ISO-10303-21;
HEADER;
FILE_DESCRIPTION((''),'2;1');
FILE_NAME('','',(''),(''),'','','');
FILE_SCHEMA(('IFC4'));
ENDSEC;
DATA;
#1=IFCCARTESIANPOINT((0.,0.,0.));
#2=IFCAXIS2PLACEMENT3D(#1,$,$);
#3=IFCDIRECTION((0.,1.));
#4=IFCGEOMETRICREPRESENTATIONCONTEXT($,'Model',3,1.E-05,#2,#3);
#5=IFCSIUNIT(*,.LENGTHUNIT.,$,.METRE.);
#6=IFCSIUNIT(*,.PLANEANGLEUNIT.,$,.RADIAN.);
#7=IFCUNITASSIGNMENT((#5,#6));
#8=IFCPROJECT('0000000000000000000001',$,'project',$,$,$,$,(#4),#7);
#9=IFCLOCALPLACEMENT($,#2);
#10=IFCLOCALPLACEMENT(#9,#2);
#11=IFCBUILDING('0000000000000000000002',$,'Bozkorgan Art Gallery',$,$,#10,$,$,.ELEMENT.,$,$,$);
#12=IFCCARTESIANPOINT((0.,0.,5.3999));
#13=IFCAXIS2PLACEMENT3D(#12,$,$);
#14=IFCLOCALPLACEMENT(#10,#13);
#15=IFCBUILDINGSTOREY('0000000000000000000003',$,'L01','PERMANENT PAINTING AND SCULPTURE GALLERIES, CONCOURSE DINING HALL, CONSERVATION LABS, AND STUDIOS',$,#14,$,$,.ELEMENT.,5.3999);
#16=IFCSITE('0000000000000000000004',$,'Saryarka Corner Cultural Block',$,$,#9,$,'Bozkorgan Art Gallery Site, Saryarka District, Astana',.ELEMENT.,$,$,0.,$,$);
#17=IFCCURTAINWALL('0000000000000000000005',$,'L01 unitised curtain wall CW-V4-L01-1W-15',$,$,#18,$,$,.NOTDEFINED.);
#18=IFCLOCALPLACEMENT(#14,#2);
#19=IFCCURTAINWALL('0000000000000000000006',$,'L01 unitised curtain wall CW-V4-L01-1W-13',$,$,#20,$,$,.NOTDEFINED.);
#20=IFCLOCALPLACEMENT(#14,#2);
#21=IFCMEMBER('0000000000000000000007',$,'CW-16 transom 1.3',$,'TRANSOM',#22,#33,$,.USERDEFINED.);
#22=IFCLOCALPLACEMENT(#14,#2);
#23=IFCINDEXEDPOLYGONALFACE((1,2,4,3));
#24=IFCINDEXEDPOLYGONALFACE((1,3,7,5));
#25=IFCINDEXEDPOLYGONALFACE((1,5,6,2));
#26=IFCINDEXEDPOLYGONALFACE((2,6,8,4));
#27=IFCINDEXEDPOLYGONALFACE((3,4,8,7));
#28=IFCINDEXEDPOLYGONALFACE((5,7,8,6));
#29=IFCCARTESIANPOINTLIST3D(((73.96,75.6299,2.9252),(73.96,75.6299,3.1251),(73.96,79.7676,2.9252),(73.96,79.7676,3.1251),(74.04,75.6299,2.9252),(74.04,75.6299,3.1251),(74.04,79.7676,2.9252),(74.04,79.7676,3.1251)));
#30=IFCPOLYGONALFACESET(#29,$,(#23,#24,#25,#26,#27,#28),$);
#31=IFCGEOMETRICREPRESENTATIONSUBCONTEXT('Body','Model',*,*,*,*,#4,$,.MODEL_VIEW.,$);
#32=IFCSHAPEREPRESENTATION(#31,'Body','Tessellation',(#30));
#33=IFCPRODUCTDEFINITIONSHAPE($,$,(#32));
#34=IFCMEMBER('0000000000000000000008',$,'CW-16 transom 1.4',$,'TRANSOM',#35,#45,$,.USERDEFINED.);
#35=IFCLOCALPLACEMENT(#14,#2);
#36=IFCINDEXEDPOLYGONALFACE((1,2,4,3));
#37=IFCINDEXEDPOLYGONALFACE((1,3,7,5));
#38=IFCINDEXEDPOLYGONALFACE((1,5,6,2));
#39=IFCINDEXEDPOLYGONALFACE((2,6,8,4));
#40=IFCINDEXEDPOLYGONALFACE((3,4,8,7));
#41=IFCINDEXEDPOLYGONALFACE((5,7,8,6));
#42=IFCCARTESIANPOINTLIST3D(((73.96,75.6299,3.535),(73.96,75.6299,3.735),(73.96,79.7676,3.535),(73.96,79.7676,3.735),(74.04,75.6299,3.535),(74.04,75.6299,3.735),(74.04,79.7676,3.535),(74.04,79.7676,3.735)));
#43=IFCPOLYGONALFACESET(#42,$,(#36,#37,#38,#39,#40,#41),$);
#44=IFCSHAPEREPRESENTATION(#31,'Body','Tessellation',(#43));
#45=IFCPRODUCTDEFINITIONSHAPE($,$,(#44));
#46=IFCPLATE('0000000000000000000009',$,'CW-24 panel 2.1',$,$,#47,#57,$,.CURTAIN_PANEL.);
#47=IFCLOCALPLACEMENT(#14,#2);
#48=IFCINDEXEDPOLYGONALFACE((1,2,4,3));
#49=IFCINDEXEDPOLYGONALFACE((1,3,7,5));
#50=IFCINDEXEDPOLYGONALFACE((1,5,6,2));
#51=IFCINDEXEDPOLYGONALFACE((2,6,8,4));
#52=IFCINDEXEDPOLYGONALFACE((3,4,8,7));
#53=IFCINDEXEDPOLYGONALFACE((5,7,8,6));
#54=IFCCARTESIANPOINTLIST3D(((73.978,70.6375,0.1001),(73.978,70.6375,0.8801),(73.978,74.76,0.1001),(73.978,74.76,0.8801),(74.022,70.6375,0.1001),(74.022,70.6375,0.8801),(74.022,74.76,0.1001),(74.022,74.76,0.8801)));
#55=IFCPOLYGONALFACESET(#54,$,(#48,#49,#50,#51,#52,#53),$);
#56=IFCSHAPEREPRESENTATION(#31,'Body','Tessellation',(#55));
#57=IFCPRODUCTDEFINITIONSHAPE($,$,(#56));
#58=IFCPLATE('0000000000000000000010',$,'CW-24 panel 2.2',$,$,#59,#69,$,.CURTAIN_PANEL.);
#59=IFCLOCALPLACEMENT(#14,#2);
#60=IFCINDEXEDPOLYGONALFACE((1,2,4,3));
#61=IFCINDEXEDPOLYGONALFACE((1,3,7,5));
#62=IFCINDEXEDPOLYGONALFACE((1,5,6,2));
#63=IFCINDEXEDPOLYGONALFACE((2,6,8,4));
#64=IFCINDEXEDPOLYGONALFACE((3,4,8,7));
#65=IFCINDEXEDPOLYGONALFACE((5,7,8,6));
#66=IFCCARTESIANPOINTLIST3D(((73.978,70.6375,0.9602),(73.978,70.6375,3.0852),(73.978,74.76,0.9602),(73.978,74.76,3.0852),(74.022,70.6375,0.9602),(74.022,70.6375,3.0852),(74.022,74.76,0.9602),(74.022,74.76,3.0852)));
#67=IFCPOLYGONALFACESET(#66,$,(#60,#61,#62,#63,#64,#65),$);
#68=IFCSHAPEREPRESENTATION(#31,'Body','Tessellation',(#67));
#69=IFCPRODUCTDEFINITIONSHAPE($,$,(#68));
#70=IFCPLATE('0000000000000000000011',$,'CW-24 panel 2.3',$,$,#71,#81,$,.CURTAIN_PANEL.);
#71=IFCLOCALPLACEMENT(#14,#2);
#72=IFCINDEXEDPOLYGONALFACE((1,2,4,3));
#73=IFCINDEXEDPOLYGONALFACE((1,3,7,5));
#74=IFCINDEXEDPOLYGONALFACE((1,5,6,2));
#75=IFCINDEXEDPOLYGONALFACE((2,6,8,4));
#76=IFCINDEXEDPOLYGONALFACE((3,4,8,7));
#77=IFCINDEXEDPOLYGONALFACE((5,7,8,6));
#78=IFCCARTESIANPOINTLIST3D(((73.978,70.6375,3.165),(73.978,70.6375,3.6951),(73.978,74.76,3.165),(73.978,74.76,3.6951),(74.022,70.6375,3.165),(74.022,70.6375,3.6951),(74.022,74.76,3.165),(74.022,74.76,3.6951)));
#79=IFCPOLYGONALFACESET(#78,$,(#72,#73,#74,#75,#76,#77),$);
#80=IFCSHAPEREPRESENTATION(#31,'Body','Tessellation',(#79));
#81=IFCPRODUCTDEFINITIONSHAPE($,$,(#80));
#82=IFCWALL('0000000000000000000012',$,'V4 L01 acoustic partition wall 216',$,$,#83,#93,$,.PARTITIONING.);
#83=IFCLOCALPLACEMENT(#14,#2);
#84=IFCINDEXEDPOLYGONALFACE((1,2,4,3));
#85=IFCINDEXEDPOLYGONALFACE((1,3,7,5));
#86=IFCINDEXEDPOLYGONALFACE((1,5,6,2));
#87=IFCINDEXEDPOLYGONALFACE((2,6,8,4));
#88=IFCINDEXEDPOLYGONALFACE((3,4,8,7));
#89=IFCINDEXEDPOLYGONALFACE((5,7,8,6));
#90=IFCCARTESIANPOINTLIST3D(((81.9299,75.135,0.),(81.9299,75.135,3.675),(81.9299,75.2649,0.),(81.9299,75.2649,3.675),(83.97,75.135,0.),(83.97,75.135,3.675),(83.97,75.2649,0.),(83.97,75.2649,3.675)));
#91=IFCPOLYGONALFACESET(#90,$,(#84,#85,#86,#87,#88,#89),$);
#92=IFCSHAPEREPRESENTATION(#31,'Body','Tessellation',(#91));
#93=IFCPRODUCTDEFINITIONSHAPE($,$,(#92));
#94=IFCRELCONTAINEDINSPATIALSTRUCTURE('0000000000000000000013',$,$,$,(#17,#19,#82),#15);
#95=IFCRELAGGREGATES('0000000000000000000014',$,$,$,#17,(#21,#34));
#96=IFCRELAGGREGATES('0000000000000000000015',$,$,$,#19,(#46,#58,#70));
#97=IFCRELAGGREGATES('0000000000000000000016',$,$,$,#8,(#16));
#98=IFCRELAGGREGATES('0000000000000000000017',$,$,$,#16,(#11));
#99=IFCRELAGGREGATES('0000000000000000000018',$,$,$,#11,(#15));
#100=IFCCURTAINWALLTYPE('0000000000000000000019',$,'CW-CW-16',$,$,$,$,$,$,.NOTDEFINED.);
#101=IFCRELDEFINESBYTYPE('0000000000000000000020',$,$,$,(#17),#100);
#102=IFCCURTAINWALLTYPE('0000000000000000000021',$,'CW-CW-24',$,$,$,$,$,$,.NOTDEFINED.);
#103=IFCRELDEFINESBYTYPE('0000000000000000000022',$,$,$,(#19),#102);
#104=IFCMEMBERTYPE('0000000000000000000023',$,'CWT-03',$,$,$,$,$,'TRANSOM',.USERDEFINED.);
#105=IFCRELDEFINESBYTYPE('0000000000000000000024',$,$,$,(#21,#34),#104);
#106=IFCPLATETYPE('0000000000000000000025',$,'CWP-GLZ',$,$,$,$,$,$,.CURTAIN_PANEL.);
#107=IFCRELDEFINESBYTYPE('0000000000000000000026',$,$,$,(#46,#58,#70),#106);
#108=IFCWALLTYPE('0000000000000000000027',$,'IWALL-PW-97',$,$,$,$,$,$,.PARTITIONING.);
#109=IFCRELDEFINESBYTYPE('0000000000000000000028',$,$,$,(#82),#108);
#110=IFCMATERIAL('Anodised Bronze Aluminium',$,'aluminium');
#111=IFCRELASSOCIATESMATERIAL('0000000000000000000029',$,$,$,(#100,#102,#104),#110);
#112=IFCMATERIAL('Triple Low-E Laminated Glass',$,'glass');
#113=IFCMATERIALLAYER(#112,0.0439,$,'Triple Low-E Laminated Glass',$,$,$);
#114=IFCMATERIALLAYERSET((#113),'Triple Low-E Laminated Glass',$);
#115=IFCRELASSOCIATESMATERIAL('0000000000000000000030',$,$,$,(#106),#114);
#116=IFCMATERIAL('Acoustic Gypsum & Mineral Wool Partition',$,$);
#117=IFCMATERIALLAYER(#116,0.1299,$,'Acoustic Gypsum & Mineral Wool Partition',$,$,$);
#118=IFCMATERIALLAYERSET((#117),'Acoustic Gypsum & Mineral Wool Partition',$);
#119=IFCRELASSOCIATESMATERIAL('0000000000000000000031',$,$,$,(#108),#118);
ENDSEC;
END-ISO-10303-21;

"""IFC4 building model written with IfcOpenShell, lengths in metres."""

from ifc_helpers import new_model, si_unit, direction, frame, frame_2d, origin, origin_2d, place, context, subcontext, project, spatial, rectangle, extrude, material, layer, layer_set, material_profile, profile_set, type_object, element, aggregate, save


model = new_model("IFC4")

# Units and contexts
model_context = context("Model", 3, precision=1e-05, world=origin(), true_north=direction((0.0, 1.0)))
body_context = subcontext(model_context, "Body", "Model", "MODEL_VIEW")
ifc_project = project(units=[si_unit("LENGTHUNIT", "METRE"), si_unit("PLANEANGLEUNIT", "RADIAN")], contexts=[model_context])

# Site, building, storey
site_placement = place(None, origin())
site = spatial("IfcSite", under=ifc_project, at=site_placement, Name="Saryarka Corner Cultural Block", LongName="Bozkorgan Art Gallery Site, Saryarka District, Astana", CompositionType="ELEMENT", RefElevation=0.0)
building_placement = place(site_placement, origin())
building = spatial("IfcBuilding", under=site, at=building_placement, Name="Bozkorgan Art Gallery", CompositionType="ELEMENT")
storey_placement = place(building_placement, frame((0.0, 0.0, 5.3999)))
storey = spatial("IfcBuildingStorey", under=building, at=storey_placement, Name="L01", Description="PERMANENT PAINTING AND SCULPTURE GALLERIES, CONCOURSE DINING HALL, CONSERVATION LABS, AND STUDIOS", CompositionType="ELEMENT", Elevation=5.3999)

# Curtain wall
ifc_material_1 = material(Name="Anodised Bronze Aluminium", Category="aluminium")
curtain_wall_type_1 = type_object("IfcCurtainWallType", Name="CW-CW-16", PredefinedType="NOTDEFINED", material=ifc_material_1)
curtain_wall_1_placement = place(storey_placement, origin())
curtain_wall_1 = element("IfcCurtainWall", 1, at=curtain_wall_1_placement, inside=storey, type_object=curtain_wall_type_1, Name="L01 unitised curtain wall CW-V4-L01-1W-15", PredefinedType="NOTDEFINED")

# Curtain wall
curtain_wall_type_2 = type_object("IfcCurtainWallType", Name="CW-CW-24", PredefinedType="NOTDEFINED", material=ifc_material_1)
curtain_wall_2_placement = place(storey_placement, origin())
curtain_wall_2 = element("IfcCurtainWall", 2, at=curtain_wall_2_placement, inside=storey, type_object=curtain_wall_type_2, Name="L01 unitised curtain wall CW-V4-L01-1W-13", PredefinedType="NOTDEFINED")
ifc_material_profile_1 = material_profile(ifc_material_1, rectangle(XDim=0.0801, YDim=0.2, at=origin_2d()), Name="ALU TRANSOM 80x200")
ifc_profile_set_1 = profile_set([ifc_material_profile_1], Name="Anodised Bronze Aluminium")
member_type_1 = type_object("IfcMemberType", Name="CWT-03", ElementType="TRANSOM", PredefinedType="USERDEFINED", material=ifc_profile_set_1)

# Members
member_1_placement = place(storey_placement, frame((74.0, 75.6299, 3.0251), z_axis=(0.0, 1.0, 0.0), x_axis=(-1.0, 0.0, 0.0)))
member_1 = element("IfcMember", 3, at=member_1_placement, type_object=member_type_1, Name="CW-16 transom 1.3", ObjectType="TRANSOM", PredefinedType="USERDEFINED", context=body_context, shape_type="SweptSolid", body=[
    extrude(rectangle(XDim=0.0801, YDim=0.2, at=origin_2d()), origin(), (0.0, 0.0, 1.0), 4.1377),
])
member_2_placement = place(storey_placement, frame((74.0, 75.6299, 3.635), z_axis=(0.0, 1.0, 0.0), x_axis=(-1.0, 0.0, 0.0)))
member_2 = element("IfcMember", 4, at=member_2_placement, type_object=member_type_1, Name="CW-16 transom 1.4", ObjectType="TRANSOM", PredefinedType="USERDEFINED", context=body_context, shape_type="SweptSolid", body=[
    extrude(rectangle(XDim=0.0801, YDim=0.2, at=origin_2d()), origin(), (0.0, 0.0, 1.0), 4.1377),
])
aggregate(curtain_wall_1, [member_1, member_2])

# Plates
ifc_material_2 = material(Name="Triple Low-E Laminated Glass", Category="glass")
ifc_layer_1 = layer(ifc_material_2, 0.0439, Name="Triple Low-E Laminated Glass")
ifc_layer_set_1 = layer_set([ifc_layer_1], Name="Triple Low-E Laminated Glass")
plate_type = type_object("IfcPlateType", Name="CWP-GLZ", PredefinedType="CURTAIN_PANEL", material=ifc_layer_set_1)
plate_1_placement = place(storey_placement, frame((74.0, 72.6987, 0.1001), z_axis=(0.0, 0.0, 1.0), x_axis=(0.0, 1.0, 0.0)))
plate_1 = element("IfcPlate", 5, at=plate_1_placement, type_object=plate_type, Name="CW-24 panel 2.1", PredefinedType="CURTAIN_PANEL", context=body_context, shape_type="SweptSolid", body=[
    extrude(rectangle(XDim=4.1226, YDim=0.0439, at=origin_2d()), origin(), (0.0, 0.0, 1.0), 0.78),
])
plate_2_placement = place(storey_placement, frame((74.0, 72.6987, 0.9602), z_axis=(0.0, 0.0, 1.0), x_axis=(0.0, 1.0, 0.0)))
plate_2 = element("IfcPlate", 6, at=plate_2_placement, type_object=plate_type, Name="CW-24 panel 2.2", PredefinedType="CURTAIN_PANEL", context=body_context, shape_type="SweptSolid", body=[
    extrude(rectangle(XDim=4.1226, YDim=0.0439, at=origin_2d()), origin(), (0.0, 0.0, 1.0), 2.125),
])
plate_3_placement = place(storey_placement, frame((74.0, 72.6987, 3.165), z_axis=(0.0, 0.0, 1.0), x_axis=(0.0, 1.0, 0.0)))
plate_3 = element("IfcPlate", 7, at=plate_3_placement, type_object=plate_type, Name="CW-24 panel 2.3", PredefinedType="CURTAIN_PANEL", context=body_context, shape_type="SweptSolid", body=[
    extrude(rectangle(XDim=4.1226, YDim=0.0439, at=origin_2d()), origin(), (0.0, 0.0, 1.0), 0.53),
])
aggregate(curtain_wall_2, [plate_1, plate_2, plate_3])

# Wall
ifc_material_3 = material(Name="Acoustic Gypsum & Mineral Wool Partition")
ifc_layer_2 = layer(ifc_material_3, 0.1299, Name="Acoustic Gypsum & Mineral Wool Partition")
ifc_layer_set_2 = layer_set([ifc_layer_2], Name="Acoustic Gypsum & Mineral Wool Partition")
wall_type = type_object("IfcWallType", Name="IWALL-PW-97", PredefinedType="PARTITIONING", material=ifc_layer_set_2)
wall_placement = place(storey_placement, frame((81.9299, 75.2, 0.0), z_axis=(0.0, 0.0, 1.0), x_axis=(1.0, 0.0, 0.0)))
element("IfcWall", 8, at=wall_placement, inside=storey, type_object=wall_type, Name="V4 L01 acoustic partition wall 216", PredefinedType="PARTITIONING", context=body_context, shape_type="SweptSolid", body=[
    extrude(rectangle(XDim=2.04, YDim=0.1299, at=frame_2d((1.02, 0.0))), origin(), (0.0, 0.0, 1.0), 3.675),
])

save(model, "model.ifc")
